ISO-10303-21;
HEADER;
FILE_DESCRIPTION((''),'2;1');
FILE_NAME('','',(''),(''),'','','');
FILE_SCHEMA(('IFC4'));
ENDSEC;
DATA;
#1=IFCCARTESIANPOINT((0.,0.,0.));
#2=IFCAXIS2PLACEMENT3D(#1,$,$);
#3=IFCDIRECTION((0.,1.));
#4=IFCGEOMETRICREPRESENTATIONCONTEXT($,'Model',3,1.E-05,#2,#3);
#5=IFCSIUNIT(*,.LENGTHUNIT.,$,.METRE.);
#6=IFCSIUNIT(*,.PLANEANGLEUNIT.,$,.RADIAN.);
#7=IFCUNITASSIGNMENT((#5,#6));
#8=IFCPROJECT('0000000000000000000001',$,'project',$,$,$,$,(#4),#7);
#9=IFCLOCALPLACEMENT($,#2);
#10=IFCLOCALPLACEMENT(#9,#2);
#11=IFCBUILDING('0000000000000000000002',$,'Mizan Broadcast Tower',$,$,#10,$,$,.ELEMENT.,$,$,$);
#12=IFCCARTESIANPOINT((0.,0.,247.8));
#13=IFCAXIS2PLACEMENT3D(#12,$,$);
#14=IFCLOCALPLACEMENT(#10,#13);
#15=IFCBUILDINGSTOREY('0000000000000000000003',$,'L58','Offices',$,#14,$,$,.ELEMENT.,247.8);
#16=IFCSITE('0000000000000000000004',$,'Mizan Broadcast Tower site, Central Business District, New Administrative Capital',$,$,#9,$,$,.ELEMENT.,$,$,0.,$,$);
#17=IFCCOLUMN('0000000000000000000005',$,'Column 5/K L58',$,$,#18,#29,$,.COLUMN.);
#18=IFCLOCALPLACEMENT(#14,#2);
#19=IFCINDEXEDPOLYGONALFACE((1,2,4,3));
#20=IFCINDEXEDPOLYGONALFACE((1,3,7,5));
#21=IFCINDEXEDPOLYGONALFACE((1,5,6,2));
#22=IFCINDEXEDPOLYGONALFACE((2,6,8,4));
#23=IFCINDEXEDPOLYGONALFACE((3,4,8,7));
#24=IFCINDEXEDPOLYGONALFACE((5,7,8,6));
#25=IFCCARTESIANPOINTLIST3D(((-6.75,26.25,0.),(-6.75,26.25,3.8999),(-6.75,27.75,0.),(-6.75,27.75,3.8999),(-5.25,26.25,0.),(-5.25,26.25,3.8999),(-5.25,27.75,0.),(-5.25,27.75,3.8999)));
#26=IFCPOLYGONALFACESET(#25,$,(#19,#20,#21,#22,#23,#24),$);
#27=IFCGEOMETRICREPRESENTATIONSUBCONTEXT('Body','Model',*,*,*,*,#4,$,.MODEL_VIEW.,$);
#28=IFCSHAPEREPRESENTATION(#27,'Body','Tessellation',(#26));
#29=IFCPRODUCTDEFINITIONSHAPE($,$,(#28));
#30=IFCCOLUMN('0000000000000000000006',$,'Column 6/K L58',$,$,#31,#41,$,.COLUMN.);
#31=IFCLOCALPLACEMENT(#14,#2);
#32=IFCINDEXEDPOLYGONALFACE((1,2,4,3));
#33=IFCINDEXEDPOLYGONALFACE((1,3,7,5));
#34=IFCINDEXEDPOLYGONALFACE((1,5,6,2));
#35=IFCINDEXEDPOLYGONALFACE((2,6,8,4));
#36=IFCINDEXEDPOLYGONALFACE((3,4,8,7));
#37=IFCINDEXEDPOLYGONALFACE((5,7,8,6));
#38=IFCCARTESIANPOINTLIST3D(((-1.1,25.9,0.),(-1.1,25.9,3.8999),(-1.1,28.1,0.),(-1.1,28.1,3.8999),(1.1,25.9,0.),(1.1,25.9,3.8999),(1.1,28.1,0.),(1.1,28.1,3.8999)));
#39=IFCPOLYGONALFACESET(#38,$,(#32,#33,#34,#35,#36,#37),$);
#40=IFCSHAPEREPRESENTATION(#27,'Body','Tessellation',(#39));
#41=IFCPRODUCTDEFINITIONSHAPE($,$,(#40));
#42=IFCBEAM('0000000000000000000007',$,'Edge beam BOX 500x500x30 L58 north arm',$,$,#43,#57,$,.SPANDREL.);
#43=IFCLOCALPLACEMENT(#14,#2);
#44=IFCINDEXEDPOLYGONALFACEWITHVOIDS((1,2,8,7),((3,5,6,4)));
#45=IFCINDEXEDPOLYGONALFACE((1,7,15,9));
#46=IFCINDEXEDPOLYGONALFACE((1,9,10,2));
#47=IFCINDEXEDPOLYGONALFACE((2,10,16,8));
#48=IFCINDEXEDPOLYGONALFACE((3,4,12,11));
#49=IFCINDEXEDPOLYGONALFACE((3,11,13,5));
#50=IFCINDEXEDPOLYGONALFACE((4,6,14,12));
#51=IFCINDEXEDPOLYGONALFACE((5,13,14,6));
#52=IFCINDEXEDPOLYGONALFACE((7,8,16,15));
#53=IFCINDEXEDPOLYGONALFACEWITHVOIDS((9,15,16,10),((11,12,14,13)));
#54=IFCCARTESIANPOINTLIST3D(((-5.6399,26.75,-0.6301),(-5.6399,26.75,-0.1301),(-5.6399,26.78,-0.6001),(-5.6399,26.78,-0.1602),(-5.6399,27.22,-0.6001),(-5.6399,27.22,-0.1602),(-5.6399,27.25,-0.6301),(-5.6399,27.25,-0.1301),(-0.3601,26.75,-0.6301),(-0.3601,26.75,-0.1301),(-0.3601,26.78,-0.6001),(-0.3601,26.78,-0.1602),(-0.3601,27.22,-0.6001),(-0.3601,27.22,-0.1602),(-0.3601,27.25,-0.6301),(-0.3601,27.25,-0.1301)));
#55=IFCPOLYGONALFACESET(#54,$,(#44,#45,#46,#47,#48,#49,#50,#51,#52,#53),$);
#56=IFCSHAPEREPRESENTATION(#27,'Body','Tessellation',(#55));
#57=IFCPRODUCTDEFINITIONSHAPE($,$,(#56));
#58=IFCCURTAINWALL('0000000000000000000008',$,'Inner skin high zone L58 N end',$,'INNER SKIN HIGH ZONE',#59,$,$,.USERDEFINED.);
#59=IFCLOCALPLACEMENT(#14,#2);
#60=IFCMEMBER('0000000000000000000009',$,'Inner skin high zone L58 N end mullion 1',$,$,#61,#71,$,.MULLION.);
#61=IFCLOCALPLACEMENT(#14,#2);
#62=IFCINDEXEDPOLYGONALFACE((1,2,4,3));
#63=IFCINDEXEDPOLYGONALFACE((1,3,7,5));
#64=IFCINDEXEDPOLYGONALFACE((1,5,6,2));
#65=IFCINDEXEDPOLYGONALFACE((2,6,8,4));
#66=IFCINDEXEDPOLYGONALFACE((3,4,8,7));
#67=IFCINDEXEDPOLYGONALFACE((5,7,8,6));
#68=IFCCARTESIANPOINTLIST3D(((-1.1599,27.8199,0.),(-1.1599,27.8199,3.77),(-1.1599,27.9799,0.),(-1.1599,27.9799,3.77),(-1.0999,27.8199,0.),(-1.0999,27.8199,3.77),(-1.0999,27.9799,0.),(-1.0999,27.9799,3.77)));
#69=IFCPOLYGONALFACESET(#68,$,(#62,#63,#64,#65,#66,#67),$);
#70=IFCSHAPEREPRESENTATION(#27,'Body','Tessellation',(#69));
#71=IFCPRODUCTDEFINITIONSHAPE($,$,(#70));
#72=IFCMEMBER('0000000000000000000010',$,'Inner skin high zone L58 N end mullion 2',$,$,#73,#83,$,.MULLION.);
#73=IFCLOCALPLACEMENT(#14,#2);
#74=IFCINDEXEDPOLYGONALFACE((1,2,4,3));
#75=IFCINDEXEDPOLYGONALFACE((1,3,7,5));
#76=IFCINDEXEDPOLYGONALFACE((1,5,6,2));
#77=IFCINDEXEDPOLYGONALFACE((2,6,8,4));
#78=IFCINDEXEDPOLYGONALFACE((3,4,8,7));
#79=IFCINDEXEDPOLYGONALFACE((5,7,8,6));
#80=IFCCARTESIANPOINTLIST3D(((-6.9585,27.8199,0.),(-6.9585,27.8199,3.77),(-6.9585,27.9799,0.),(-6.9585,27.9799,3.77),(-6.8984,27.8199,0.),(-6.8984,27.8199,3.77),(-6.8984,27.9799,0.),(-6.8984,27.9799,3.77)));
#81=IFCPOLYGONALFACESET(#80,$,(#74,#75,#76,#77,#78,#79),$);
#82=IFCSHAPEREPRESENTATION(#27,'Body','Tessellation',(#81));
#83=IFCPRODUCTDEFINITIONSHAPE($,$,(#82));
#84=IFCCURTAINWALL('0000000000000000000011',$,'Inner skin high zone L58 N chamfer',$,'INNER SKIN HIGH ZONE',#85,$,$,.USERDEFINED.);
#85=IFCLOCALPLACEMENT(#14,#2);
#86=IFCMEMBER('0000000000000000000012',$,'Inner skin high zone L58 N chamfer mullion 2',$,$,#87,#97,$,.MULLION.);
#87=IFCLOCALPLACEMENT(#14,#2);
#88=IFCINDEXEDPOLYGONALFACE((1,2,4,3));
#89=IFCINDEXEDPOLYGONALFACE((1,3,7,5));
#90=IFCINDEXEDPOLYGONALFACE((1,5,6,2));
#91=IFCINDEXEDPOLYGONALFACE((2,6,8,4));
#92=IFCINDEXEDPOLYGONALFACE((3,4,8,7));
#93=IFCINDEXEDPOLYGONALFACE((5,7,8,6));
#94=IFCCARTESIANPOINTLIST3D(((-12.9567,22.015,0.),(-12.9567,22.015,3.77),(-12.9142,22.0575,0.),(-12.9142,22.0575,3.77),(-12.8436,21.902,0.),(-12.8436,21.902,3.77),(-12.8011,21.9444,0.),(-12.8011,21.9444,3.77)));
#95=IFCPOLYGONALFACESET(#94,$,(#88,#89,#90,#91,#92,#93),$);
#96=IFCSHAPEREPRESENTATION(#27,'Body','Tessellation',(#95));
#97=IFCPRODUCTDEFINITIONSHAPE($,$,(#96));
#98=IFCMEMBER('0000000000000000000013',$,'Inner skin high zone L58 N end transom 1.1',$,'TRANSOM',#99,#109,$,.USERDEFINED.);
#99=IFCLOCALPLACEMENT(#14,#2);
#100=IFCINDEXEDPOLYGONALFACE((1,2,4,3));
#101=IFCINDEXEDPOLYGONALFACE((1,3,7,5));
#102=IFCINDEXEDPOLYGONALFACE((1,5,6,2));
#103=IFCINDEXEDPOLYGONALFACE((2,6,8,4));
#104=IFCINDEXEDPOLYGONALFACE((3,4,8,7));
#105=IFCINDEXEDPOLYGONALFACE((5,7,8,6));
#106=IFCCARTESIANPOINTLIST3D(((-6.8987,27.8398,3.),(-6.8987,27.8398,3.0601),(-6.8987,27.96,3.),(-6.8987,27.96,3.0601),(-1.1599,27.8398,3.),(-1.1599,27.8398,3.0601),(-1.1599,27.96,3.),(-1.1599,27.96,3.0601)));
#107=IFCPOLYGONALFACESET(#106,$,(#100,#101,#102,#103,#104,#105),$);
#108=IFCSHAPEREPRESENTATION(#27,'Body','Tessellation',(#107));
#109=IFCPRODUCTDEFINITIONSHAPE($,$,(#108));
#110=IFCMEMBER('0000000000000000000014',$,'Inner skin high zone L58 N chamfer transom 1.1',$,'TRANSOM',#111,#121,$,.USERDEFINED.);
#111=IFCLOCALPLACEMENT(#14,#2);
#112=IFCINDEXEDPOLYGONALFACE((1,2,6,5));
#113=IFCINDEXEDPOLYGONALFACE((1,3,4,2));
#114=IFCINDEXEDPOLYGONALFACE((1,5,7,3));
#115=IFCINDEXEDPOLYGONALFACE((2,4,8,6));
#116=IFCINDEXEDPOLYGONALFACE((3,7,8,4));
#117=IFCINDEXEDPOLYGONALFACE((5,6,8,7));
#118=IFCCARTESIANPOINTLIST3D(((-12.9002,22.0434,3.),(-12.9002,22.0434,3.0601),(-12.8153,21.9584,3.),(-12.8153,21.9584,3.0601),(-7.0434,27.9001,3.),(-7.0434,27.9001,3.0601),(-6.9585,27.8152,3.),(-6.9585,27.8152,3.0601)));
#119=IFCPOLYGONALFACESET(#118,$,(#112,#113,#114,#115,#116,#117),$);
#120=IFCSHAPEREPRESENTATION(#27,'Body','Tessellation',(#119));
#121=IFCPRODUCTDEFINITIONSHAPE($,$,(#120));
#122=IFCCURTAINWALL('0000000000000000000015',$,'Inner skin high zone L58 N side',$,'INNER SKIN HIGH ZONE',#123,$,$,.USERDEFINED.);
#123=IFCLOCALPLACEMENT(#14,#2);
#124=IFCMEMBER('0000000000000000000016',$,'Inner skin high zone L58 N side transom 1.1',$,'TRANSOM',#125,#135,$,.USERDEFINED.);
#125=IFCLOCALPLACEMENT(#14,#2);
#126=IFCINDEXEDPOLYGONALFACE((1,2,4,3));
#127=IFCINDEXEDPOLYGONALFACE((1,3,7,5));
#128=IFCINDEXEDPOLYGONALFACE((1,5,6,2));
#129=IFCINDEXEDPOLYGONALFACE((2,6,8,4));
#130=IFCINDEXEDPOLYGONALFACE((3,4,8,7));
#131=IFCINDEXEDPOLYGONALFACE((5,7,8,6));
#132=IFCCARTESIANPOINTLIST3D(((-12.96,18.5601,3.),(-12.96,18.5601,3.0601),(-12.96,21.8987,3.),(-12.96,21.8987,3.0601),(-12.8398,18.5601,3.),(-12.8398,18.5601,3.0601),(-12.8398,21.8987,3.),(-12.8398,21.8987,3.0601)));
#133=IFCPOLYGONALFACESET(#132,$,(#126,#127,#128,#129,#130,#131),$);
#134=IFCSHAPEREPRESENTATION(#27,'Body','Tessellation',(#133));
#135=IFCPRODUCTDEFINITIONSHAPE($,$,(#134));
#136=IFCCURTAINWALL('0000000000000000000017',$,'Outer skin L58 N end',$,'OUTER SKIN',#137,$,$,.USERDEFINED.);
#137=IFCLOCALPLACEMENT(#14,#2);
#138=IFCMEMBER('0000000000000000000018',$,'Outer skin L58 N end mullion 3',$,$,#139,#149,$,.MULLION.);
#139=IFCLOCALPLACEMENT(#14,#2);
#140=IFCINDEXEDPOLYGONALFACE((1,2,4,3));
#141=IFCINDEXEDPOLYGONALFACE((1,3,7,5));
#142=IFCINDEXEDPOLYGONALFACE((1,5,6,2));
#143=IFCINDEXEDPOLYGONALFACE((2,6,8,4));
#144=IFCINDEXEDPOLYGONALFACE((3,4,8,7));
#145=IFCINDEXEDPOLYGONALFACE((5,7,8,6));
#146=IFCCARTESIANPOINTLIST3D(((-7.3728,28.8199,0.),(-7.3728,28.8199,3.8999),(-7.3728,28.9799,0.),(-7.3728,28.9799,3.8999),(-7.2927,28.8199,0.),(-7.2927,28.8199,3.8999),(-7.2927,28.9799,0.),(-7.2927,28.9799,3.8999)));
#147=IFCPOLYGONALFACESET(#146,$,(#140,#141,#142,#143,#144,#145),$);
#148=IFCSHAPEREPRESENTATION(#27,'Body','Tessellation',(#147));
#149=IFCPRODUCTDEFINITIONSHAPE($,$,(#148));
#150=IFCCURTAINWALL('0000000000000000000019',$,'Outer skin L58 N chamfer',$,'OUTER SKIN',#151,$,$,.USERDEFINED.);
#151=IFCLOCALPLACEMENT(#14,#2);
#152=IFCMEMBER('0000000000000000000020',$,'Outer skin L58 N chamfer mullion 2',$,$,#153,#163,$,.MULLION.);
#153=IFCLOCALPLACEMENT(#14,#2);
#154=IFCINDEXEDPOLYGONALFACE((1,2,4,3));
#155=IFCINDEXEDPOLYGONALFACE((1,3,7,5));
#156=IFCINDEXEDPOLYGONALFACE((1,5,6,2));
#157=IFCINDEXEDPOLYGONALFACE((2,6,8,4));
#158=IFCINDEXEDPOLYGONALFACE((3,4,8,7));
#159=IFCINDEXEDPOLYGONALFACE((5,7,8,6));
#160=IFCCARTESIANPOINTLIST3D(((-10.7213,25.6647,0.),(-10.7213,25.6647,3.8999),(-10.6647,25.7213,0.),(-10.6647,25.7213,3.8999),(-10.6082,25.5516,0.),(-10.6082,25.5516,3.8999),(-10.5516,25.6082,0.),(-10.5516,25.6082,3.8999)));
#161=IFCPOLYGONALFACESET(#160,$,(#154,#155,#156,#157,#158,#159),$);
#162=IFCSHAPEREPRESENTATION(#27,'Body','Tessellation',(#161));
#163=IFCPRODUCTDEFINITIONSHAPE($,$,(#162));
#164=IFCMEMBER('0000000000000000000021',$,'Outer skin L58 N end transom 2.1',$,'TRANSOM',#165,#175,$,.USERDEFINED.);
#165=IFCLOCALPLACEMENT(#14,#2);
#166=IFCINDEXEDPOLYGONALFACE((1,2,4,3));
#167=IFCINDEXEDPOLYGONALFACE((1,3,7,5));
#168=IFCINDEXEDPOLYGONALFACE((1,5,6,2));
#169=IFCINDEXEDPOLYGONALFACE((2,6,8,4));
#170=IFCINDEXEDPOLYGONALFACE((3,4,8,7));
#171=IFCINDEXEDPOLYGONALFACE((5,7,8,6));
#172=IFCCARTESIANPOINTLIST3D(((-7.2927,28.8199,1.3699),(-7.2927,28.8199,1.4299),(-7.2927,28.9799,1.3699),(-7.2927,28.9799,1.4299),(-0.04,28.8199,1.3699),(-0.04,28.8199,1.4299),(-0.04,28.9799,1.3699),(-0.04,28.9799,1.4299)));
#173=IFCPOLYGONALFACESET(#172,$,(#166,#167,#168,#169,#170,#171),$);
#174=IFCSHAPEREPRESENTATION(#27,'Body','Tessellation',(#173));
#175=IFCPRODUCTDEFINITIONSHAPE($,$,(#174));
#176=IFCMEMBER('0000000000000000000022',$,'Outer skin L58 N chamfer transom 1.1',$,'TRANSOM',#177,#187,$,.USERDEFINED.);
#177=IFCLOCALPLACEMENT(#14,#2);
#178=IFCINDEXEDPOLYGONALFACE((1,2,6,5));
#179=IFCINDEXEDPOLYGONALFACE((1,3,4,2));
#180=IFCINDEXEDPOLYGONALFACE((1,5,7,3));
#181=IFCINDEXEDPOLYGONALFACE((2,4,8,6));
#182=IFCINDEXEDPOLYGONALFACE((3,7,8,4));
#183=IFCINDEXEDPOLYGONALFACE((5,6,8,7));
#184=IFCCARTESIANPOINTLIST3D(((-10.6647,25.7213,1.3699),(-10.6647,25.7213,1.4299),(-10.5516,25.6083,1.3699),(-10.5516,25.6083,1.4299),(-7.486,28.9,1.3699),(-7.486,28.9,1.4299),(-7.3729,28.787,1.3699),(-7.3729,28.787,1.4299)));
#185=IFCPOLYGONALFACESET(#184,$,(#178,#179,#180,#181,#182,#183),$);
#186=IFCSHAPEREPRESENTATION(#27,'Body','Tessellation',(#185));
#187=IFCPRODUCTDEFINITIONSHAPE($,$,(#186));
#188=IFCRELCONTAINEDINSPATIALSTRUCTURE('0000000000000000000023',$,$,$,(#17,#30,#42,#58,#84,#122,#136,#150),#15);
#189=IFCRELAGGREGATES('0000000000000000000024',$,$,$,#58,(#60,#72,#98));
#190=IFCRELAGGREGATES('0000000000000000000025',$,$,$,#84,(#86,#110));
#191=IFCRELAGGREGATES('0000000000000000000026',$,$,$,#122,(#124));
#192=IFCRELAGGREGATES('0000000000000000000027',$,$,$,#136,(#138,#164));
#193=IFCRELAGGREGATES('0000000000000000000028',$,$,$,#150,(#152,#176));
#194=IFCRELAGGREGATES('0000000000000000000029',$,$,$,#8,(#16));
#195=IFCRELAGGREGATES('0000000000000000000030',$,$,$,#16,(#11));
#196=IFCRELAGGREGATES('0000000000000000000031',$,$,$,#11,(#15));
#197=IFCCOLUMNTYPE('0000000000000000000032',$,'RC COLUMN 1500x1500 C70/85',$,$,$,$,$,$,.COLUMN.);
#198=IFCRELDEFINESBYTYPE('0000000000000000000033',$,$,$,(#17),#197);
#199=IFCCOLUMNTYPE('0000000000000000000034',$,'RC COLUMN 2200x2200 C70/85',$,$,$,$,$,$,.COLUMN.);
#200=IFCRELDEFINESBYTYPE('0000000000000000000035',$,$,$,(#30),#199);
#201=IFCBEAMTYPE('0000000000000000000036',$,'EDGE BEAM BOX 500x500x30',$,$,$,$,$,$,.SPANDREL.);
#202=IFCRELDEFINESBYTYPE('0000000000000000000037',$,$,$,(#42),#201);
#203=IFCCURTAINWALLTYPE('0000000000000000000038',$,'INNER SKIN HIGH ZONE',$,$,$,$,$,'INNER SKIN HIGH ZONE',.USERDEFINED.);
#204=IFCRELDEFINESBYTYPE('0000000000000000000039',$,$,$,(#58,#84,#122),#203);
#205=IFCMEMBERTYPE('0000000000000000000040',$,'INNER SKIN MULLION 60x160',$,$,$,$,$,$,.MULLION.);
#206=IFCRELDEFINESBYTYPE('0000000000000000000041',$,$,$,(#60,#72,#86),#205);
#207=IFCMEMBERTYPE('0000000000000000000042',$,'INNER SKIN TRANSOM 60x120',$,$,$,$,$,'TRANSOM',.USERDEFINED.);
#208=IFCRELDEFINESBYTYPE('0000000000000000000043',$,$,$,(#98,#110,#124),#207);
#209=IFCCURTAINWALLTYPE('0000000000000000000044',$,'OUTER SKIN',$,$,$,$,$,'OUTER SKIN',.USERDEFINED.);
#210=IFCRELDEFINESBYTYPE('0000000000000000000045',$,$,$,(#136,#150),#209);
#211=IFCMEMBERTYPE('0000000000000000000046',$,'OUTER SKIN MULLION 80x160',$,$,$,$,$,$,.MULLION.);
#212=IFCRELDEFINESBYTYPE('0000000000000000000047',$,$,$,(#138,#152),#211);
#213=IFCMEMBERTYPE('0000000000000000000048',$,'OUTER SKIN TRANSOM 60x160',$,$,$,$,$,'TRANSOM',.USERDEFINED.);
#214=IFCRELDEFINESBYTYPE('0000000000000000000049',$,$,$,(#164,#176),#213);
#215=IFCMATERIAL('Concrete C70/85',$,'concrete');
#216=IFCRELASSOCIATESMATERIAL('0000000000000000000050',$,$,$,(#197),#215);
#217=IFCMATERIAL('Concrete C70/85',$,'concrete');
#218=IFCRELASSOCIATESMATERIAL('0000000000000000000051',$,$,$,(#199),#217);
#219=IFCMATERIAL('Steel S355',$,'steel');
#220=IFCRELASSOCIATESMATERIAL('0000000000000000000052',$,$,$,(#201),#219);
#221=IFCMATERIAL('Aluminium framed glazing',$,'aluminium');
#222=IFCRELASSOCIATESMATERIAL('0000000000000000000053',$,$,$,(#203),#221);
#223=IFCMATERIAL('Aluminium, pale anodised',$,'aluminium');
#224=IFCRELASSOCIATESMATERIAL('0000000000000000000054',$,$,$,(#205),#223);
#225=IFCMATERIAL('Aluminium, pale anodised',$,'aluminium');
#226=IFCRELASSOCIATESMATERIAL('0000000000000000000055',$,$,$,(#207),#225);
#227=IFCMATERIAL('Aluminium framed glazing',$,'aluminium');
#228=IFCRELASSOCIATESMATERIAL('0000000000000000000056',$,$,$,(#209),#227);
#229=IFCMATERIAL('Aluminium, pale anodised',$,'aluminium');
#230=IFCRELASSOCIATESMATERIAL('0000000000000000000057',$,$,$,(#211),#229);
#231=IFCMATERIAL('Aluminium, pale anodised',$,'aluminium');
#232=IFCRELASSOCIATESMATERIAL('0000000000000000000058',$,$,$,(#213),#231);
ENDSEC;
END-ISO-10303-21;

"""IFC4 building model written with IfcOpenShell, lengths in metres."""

from ifc_helpers import new_model, si_unit, direction, frame, origin, origin_2d, place, context, subcontext, project, spatial, rectangle, hollow_rectangle, extrude, material, material_profile, profile_set, type_object, element, aggregate, save


model = new_model("IFC4")

# Units and contexts
model_context = context("Model", 3, precision=1e-05, world=origin(), true_north=direction((0.0, 1.0)))
body_context = subcontext(model_context, "Body", "Model", "MODEL_VIEW")
ifc_project = project(units=[si_unit("LENGTHUNIT", "METRE"), si_unit("PLANEANGLEUNIT", "RADIAN")], contexts=[model_context])

# Site, building, storey
site_placement = place(None, origin())
site = spatial("IfcSite", under=ifc_project, at=site_placement, Name="Mizan Broadcast Tower site, Central Business District, New Administrative Capital", CompositionType="ELEMENT", RefElevation=0.0)
building_placement = place(site_placement, origin())
building = spatial("IfcBuilding", under=site, at=building_placement, Name="Mizan Broadcast Tower", CompositionType="ELEMENT")
storey_placement = place(building_placement, frame((0.0, 0.0, 247.8)))
storey = spatial("IfcBuildingStorey", under=building, at=storey_placement, Name="L58", Description="Offices", CompositionType="ELEMENT", Elevation=247.8)

# Columns
ifc_material_1 = material(Name="Concrete C70/85", Category="concrete")
ifc_material_profile_1 = material_profile(ifc_material_1, rectangle(XDim=1.5, YDim=1.5, at=origin_2d()), Name="RC 1500x1500")
ifc_profile_set_1 = profile_set([ifc_material_profile_1], Name="Concrete C70/85")
column_type_1 = type_object("IfcColumnType", Name="RC COLUMN 1500x1500 C70/85", PredefinedType="COLUMN", material=ifc_profile_set_1)
column_1_placement = place(storey_placement, frame((-6.0, 27.0, 0.0), z_axis=(0.0, 0.0, 1.0), x_axis=(1.0, 0.0, 0.0)))
element("IfcColumn", 1, at=column_1_placement, inside=storey, type_object=column_type_1, Name="Column 5/K L58", PredefinedType="COLUMN", context=body_context, shape_type="SweptSolid", body=[
    extrude(rectangle(XDim=1.5, YDim=1.5, at=origin_2d()), origin(), (0.0, 0.0, 1.0), 3.8999),
])
ifc_material_2 = material(Name="Concrete C70/85", Category="concrete")
ifc_material_profile_2 = material_profile(ifc_material_2, rectangle(XDim=2.2, YDim=2.2, at=origin_2d()), Name="RC 2200x2200")
ifc_profile_set_2 = profile_set([ifc_material_profile_2], Name="Concrete C70/85")
column_type_2 = type_object("IfcColumnType", Name="RC COLUMN 2200x2200 C70/85", PredefinedType="COLUMN", material=ifc_profile_set_2)
column_2_placement = place(storey_placement, frame((0.0, 27.0, 0.0), z_axis=(0.0, 0.0, 1.0), x_axis=(1.0, 0.0, 0.0)))
element("IfcColumn", 2, at=column_2_placement, inside=storey, type_object=column_type_2, Name="Column 6/K L58", PredefinedType="COLUMN", context=body_context, shape_type="SweptSolid", body=[
    extrude(rectangle(XDim=2.2, YDim=2.2, at=origin_2d()), origin(), (0.0, 0.0, 1.0), 3.8999),
])

# Beam
ifc_material_3 = material(Name="Steel S355", Category="steel")
ifc_material_profile_3 = material_profile(ifc_material_3, hollow_rectangle(XDim=0.5, YDim=0.5, WallThickness=0.03, at=origin_2d()), Name="BOX 500x500x30")
ifc_profile_set_3 = profile_set([ifc_material_profile_3], Name="Steel S355")
beam_type_1 = type_object("IfcBeamType", Name="EDGE BEAM BOX 500x500x30", PredefinedType="SPANDREL", material=ifc_profile_set_3)
beam_1_placement = place(storey_placement, frame((-5.6399, 27.0, -0.3801), z_axis=(1.0, 0.0, 0.0), x_axis=(0.0, 1.0, 0.0)))
element("IfcBeam", 3, at=beam_1_placement, inside=storey, type_object=beam_type_1, Name="Edge beam BOX 500x500x30 L58 north arm", PredefinedType="SPANDREL", context=body_context, shape_type="SweptSolid", body=[
    extrude(hollow_rectangle(XDim=0.5, YDim=0.5, WallThickness=0.03, at=origin_2d()), origin(), (0.0, 0.0, 1.0), 5.2798),
])

# Curtain wall, members
ifc_material_4 = material(Name="Aluminium framed glazing", Category="aluminium")
curtain_wall_type_1 = type_object("IfcCurtainWallType", Name="INNER SKIN HIGH ZONE", ElementType="INNER SKIN HIGH ZONE", PredefinedType="USERDEFINED", material=ifc_material_4)
curtain_wall_1_placement = place(storey_placement, origin())
curtain_wall_1 = element("IfcCurtainWall", 4, at=curtain_wall_1_placement, inside=storey, type_object=curtain_wall_type_1, Name="Inner skin high zone L58 N end", ObjectType="INNER SKIN HIGH ZONE", PredefinedType="USERDEFINED")
ifc_material_5 = material(Name="Aluminium, pale anodised", Category="aluminium")
ifc_material_profile_4 = material_profile(ifc_material_5, rectangle(XDim=0.1599, YDim=0.0601, at=origin_2d()), Name="MULLION 160x60")
ifc_profile_set_4 = profile_set([ifc_material_profile_4], Name="Aluminium, pale anodised")
member_type_1 = type_object("IfcMemberType", Name="INNER SKIN MULLION 60x160", PredefinedType="MULLION", material=ifc_profile_set_4)
member_1_placement = place(storey_placement, frame((-1.1299, 27.8999, 0.0), z_axis=(0.0, 0.0, 1.0), x_axis=(0.0, -1.0, 0.0)))
member_1 = element("IfcMember", 5, at=member_1_placement, type_object=member_type_1, Name="Inner skin high zone L58 N end mullion 1", PredefinedType="MULLION", context=body_context, shape_type="SweptSolid", body=[
    extrude(rectangle(XDim=0.1599, YDim=0.0601, at=origin_2d()), origin(), (0.0, 0.0, 1.0), 3.77),
])
member_2_placement = place(storey_placement, frame((-6.9285, 27.8999, 0.0), z_axis=(0.0, 0.0, 1.0), x_axis=(0.0, -1.0, 0.0)))
member_2 = element("IfcMember", 6, at=member_2_placement, type_object=member_type_1, Name="Inner skin high zone L58 N end mullion 2", PredefinedType="MULLION", context=body_context, shape_type="SweptSolid", body=[
    extrude(rectangle(XDim=0.1599, YDim=0.0601, at=origin_2d()), origin(), (0.0, 0.0, 1.0), 3.77),
])

# Curtain wall, member
curtain_wall_2_placement = place(storey_placement, origin())
curtain_wall_2 = element("IfcCurtainWall", 7, at=curtain_wall_2_placement, inside=storey, type_object=curtain_wall_type_1, Name="Inner skin high zone L58 N chamfer", ObjectType="INNER SKIN HIGH ZONE", PredefinedType="USERDEFINED")
member_3_placement = place(storey_placement, frame((-12.8789, 21.9797, 0.0), z_axis=(0.0, 0.0, 1.0), x_axis=(0.707107, -0.707107, 0.0)))
member_3 = element("IfcMember", 8, at=member_3_placement, type_object=member_type_1, Name="Inner skin high zone L58 N chamfer mullion 2", PredefinedType="MULLION", context=body_context, shape_type="SweptSolid", body=[
    extrude(rectangle(XDim=0.1599, YDim=0.0601, at=origin_2d()), origin(), (0.0, 0.0, 1.0), 3.77),
])

# Members
ifc_material_6 = material(Name="Aluminium, pale anodised", Category="aluminium")
ifc_material_profile_5 = material_profile(ifc_material_6, rectangle(XDim=0.1201, YDim=0.0601, at=origin_2d()), Name="TRANSOM 120x60")
ifc_profile_set_5 = profile_set([ifc_material_profile_5], Name="Aluminium, pale anodised")
member_type_2 = type_object("IfcMemberType", Name="INNER SKIN TRANSOM 60x120", ElementType="TRANSOM", PredefinedType="USERDEFINED", material=ifc_profile_set_5)
member_4_placement = place(storey_placement, frame((-1.1599, 27.8999, 3.03), z_axis=(-1.0, 0.0, 0.0), x_axis=(0.0, -1.0, 0.0)))
member_4 = element("IfcMember", 9, at=member_4_placement, type_object=member_type_2, Name="Inner skin high zone L58 N end transom 1.1", ObjectType="TRANSOM", PredefinedType="USERDEFINED", context=body_context, shape_type="SweptSolid", body=[
    extrude(rectangle(XDim=0.1201, YDim=0.0601, at=origin_2d()), origin(), (0.0, 0.0, 1.0), 5.7388),
])
member_5_placement = place(storey_placement, frame((-7.001, 27.8577, 3.03), z_axis=(-0.707107, -0.707107, 0.0), x_axis=(0.707107, -0.707107, 0.0)))
member_5 = element("IfcMember", 10, at=member_5_placement, type_object=member_type_2, Name="Inner skin high zone L58 N chamfer transom 1.1", ObjectType="TRANSOM", PredefinedType="USERDEFINED", context=body_context, shape_type="SweptSolid", body=[
    extrude(rectangle(XDim=0.1201, YDim=0.0601, at=origin_2d()), origin(), (0.0, 0.0, 1.0), 8.2827),
])

# Curtain walls, members
curtain_wall_3_placement = place(storey_placement, origin())
curtain_wall_3 = element("IfcCurtainWall", 11, at=curtain_wall_3_placement, inside=storey, type_object=curtain_wall_type_1, Name="Inner skin high zone L58 N side", ObjectType="INNER SKIN HIGH ZONE", PredefinedType="USERDEFINED")
member_6_placement = place(storey_placement, frame((-12.8999, 21.8987, 3.03), z_axis=(0.0, -1.0, 0.0), x_axis=(1.0, 0.0, 0.0)))
member_6 = element("IfcMember", 12, at=member_6_placement, type_object=member_type_2, Name="Inner skin high zone L58 N side transom 1.1", ObjectType="TRANSOM", PredefinedType="USERDEFINED", context=body_context, shape_type="SweptSolid", body=[
    extrude(rectangle(XDim=0.1201, YDim=0.0601, at=origin_2d()), origin(), (0.0, 0.0, 1.0), 3.3386),
])
ifc_material_7 = material(Name="Aluminium framed glazing", Category="aluminium")
curtain_wall_type_2 = type_object("IfcCurtainWallType", Name="OUTER SKIN", ElementType="OUTER SKIN", PredefinedType="USERDEFINED", material=ifc_material_7)
curtain_wall_4_placement = place(storey_placement, origin())
curtain_wall_4 = element("IfcCurtainWall", 13, at=curtain_wall_4_placement, inside=storey, type_object=curtain_wall_type_2, Name="Outer skin L58 N end", ObjectType="OUTER SKIN", PredefinedType="USERDEFINED")
ifc_material_8 = material(Name="Aluminium, pale anodised", Category="aluminium")
ifc_material_profile_6 = material_profile(ifc_material_8, rectangle(XDim=0.1599, YDim=0.0801, at=origin_2d()), Name="MULLION 160x80")
ifc_profile_set_6 = profile_set([ifc_material_profile_6], Name="Aluminium, pale anodised")
member_type_3 = type_object("IfcMemberType", Name="OUTER SKIN MULLION 80x160", PredefinedType="MULLION", material=ifc_profile_set_6)
member_7_placement = place(storey_placement, frame((-7.3328, 28.8999, 0.0), z_axis=(0.0, 0.0, 1.0), x_axis=(0.0, -1.0, 0.0)))
member_7 = element("IfcMember", 14, at=member_7_placement, type_object=member_type_3, Name="Outer skin L58 N end mullion 3", PredefinedType="MULLION", context=body_context, shape_type="SweptSolid", body=[
    extrude(rectangle(XDim=0.1599, YDim=0.0801, at=origin_2d()), origin(), (0.0, 0.0, 1.0), 3.8999),
])
curtain_wall_5_placement = place(storey_placement, origin())
curtain_wall_5 = element("IfcCurtainWall", 15, at=curtain_wall_5_placement, inside=storey, type_object=curtain_wall_type_2, Name="Outer skin L58 N chamfer", ObjectType="OUTER SKIN", PredefinedType="USERDEFINED")
member_8_placement = place(storey_placement, frame((-10.6365, 25.6365, 0.0), z_axis=(0.0, 0.0, 1.0), x_axis=(0.707107, -0.707107, 0.0)))
member_8 = element("IfcMember", 16, at=member_8_placement, type_object=member_type_3, Name="Outer skin L58 N chamfer mullion 2", PredefinedType="MULLION", context=body_context, shape_type="SweptSolid", body=[
    extrude(rectangle(XDim=0.1599, YDim=0.0801, at=origin_2d()), origin(), (0.0, 0.0, 1.0), 3.8999),
])

# Members
ifc_material_9 = material(Name="Aluminium, pale anodised", Category="aluminium")
ifc_material_profile_7 = material_profile(ifc_material_9, rectangle(XDim=0.1599, YDim=0.0601, at=origin_2d()), Name="TRANSOM 160x60")
ifc_profile_set_7 = profile_set([ifc_material_profile_7], Name="Aluminium, pale anodised")
member_type_4 = type_object("IfcMemberType", Name="OUTER SKIN TRANSOM 60x160", ElementType="TRANSOM", PredefinedType="USERDEFINED", material=ifc_profile_set_7)
member_9_placement = place(storey_placement, frame((-0.04, 28.8999, 1.3999), z_axis=(-1.0, 0.0, 0.0), x_axis=(0.0, -1.0, 0.0)))
member_9 = element("IfcMember", 17, at=member_9_placement, type_object=member_type_4, Name="Outer skin L58 N end transom 2.1", ObjectType="TRANSOM", PredefinedType="USERDEFINED", context=body_context, shape_type="SweptSolid", body=[
    extrude(rectangle(XDim=0.1599, YDim=0.0601, at=origin_2d()), origin(), (0.0, 0.0, 1.0), 7.2527),
])
member_10_placement = place(storey_placement, frame((-7.4294, 28.8435, 1.3999), z_axis=(-0.707107, -0.707107, 0.0), x_axis=(0.707107, -0.707107, 0.0)))
member_10 = element("IfcMember", 18, at=member_10_placement, type_object=member_type_4, Name="Outer skin L58 N chamfer transom 1.1", ObjectType="TRANSOM", PredefinedType="USERDEFINED", context=body_context, shape_type="SweptSolid", body=[
    extrude(rectangle(XDim=0.1599, YDim=0.0601, at=origin_2d()), origin(), (0.0, 0.0, 1.0), 4.4954),
])

aggregate(curtain_wall_1, [member_1, member_2, member_4])
aggregate(curtain_wall_2, [member_3, member_5])
aggregate(curtain_wall_3, [member_6])
aggregate(curtain_wall_4, [member_7, member_9])
aggregate(curtain_wall_5, [member_8, member_10])

save(model, "model.ifc")
